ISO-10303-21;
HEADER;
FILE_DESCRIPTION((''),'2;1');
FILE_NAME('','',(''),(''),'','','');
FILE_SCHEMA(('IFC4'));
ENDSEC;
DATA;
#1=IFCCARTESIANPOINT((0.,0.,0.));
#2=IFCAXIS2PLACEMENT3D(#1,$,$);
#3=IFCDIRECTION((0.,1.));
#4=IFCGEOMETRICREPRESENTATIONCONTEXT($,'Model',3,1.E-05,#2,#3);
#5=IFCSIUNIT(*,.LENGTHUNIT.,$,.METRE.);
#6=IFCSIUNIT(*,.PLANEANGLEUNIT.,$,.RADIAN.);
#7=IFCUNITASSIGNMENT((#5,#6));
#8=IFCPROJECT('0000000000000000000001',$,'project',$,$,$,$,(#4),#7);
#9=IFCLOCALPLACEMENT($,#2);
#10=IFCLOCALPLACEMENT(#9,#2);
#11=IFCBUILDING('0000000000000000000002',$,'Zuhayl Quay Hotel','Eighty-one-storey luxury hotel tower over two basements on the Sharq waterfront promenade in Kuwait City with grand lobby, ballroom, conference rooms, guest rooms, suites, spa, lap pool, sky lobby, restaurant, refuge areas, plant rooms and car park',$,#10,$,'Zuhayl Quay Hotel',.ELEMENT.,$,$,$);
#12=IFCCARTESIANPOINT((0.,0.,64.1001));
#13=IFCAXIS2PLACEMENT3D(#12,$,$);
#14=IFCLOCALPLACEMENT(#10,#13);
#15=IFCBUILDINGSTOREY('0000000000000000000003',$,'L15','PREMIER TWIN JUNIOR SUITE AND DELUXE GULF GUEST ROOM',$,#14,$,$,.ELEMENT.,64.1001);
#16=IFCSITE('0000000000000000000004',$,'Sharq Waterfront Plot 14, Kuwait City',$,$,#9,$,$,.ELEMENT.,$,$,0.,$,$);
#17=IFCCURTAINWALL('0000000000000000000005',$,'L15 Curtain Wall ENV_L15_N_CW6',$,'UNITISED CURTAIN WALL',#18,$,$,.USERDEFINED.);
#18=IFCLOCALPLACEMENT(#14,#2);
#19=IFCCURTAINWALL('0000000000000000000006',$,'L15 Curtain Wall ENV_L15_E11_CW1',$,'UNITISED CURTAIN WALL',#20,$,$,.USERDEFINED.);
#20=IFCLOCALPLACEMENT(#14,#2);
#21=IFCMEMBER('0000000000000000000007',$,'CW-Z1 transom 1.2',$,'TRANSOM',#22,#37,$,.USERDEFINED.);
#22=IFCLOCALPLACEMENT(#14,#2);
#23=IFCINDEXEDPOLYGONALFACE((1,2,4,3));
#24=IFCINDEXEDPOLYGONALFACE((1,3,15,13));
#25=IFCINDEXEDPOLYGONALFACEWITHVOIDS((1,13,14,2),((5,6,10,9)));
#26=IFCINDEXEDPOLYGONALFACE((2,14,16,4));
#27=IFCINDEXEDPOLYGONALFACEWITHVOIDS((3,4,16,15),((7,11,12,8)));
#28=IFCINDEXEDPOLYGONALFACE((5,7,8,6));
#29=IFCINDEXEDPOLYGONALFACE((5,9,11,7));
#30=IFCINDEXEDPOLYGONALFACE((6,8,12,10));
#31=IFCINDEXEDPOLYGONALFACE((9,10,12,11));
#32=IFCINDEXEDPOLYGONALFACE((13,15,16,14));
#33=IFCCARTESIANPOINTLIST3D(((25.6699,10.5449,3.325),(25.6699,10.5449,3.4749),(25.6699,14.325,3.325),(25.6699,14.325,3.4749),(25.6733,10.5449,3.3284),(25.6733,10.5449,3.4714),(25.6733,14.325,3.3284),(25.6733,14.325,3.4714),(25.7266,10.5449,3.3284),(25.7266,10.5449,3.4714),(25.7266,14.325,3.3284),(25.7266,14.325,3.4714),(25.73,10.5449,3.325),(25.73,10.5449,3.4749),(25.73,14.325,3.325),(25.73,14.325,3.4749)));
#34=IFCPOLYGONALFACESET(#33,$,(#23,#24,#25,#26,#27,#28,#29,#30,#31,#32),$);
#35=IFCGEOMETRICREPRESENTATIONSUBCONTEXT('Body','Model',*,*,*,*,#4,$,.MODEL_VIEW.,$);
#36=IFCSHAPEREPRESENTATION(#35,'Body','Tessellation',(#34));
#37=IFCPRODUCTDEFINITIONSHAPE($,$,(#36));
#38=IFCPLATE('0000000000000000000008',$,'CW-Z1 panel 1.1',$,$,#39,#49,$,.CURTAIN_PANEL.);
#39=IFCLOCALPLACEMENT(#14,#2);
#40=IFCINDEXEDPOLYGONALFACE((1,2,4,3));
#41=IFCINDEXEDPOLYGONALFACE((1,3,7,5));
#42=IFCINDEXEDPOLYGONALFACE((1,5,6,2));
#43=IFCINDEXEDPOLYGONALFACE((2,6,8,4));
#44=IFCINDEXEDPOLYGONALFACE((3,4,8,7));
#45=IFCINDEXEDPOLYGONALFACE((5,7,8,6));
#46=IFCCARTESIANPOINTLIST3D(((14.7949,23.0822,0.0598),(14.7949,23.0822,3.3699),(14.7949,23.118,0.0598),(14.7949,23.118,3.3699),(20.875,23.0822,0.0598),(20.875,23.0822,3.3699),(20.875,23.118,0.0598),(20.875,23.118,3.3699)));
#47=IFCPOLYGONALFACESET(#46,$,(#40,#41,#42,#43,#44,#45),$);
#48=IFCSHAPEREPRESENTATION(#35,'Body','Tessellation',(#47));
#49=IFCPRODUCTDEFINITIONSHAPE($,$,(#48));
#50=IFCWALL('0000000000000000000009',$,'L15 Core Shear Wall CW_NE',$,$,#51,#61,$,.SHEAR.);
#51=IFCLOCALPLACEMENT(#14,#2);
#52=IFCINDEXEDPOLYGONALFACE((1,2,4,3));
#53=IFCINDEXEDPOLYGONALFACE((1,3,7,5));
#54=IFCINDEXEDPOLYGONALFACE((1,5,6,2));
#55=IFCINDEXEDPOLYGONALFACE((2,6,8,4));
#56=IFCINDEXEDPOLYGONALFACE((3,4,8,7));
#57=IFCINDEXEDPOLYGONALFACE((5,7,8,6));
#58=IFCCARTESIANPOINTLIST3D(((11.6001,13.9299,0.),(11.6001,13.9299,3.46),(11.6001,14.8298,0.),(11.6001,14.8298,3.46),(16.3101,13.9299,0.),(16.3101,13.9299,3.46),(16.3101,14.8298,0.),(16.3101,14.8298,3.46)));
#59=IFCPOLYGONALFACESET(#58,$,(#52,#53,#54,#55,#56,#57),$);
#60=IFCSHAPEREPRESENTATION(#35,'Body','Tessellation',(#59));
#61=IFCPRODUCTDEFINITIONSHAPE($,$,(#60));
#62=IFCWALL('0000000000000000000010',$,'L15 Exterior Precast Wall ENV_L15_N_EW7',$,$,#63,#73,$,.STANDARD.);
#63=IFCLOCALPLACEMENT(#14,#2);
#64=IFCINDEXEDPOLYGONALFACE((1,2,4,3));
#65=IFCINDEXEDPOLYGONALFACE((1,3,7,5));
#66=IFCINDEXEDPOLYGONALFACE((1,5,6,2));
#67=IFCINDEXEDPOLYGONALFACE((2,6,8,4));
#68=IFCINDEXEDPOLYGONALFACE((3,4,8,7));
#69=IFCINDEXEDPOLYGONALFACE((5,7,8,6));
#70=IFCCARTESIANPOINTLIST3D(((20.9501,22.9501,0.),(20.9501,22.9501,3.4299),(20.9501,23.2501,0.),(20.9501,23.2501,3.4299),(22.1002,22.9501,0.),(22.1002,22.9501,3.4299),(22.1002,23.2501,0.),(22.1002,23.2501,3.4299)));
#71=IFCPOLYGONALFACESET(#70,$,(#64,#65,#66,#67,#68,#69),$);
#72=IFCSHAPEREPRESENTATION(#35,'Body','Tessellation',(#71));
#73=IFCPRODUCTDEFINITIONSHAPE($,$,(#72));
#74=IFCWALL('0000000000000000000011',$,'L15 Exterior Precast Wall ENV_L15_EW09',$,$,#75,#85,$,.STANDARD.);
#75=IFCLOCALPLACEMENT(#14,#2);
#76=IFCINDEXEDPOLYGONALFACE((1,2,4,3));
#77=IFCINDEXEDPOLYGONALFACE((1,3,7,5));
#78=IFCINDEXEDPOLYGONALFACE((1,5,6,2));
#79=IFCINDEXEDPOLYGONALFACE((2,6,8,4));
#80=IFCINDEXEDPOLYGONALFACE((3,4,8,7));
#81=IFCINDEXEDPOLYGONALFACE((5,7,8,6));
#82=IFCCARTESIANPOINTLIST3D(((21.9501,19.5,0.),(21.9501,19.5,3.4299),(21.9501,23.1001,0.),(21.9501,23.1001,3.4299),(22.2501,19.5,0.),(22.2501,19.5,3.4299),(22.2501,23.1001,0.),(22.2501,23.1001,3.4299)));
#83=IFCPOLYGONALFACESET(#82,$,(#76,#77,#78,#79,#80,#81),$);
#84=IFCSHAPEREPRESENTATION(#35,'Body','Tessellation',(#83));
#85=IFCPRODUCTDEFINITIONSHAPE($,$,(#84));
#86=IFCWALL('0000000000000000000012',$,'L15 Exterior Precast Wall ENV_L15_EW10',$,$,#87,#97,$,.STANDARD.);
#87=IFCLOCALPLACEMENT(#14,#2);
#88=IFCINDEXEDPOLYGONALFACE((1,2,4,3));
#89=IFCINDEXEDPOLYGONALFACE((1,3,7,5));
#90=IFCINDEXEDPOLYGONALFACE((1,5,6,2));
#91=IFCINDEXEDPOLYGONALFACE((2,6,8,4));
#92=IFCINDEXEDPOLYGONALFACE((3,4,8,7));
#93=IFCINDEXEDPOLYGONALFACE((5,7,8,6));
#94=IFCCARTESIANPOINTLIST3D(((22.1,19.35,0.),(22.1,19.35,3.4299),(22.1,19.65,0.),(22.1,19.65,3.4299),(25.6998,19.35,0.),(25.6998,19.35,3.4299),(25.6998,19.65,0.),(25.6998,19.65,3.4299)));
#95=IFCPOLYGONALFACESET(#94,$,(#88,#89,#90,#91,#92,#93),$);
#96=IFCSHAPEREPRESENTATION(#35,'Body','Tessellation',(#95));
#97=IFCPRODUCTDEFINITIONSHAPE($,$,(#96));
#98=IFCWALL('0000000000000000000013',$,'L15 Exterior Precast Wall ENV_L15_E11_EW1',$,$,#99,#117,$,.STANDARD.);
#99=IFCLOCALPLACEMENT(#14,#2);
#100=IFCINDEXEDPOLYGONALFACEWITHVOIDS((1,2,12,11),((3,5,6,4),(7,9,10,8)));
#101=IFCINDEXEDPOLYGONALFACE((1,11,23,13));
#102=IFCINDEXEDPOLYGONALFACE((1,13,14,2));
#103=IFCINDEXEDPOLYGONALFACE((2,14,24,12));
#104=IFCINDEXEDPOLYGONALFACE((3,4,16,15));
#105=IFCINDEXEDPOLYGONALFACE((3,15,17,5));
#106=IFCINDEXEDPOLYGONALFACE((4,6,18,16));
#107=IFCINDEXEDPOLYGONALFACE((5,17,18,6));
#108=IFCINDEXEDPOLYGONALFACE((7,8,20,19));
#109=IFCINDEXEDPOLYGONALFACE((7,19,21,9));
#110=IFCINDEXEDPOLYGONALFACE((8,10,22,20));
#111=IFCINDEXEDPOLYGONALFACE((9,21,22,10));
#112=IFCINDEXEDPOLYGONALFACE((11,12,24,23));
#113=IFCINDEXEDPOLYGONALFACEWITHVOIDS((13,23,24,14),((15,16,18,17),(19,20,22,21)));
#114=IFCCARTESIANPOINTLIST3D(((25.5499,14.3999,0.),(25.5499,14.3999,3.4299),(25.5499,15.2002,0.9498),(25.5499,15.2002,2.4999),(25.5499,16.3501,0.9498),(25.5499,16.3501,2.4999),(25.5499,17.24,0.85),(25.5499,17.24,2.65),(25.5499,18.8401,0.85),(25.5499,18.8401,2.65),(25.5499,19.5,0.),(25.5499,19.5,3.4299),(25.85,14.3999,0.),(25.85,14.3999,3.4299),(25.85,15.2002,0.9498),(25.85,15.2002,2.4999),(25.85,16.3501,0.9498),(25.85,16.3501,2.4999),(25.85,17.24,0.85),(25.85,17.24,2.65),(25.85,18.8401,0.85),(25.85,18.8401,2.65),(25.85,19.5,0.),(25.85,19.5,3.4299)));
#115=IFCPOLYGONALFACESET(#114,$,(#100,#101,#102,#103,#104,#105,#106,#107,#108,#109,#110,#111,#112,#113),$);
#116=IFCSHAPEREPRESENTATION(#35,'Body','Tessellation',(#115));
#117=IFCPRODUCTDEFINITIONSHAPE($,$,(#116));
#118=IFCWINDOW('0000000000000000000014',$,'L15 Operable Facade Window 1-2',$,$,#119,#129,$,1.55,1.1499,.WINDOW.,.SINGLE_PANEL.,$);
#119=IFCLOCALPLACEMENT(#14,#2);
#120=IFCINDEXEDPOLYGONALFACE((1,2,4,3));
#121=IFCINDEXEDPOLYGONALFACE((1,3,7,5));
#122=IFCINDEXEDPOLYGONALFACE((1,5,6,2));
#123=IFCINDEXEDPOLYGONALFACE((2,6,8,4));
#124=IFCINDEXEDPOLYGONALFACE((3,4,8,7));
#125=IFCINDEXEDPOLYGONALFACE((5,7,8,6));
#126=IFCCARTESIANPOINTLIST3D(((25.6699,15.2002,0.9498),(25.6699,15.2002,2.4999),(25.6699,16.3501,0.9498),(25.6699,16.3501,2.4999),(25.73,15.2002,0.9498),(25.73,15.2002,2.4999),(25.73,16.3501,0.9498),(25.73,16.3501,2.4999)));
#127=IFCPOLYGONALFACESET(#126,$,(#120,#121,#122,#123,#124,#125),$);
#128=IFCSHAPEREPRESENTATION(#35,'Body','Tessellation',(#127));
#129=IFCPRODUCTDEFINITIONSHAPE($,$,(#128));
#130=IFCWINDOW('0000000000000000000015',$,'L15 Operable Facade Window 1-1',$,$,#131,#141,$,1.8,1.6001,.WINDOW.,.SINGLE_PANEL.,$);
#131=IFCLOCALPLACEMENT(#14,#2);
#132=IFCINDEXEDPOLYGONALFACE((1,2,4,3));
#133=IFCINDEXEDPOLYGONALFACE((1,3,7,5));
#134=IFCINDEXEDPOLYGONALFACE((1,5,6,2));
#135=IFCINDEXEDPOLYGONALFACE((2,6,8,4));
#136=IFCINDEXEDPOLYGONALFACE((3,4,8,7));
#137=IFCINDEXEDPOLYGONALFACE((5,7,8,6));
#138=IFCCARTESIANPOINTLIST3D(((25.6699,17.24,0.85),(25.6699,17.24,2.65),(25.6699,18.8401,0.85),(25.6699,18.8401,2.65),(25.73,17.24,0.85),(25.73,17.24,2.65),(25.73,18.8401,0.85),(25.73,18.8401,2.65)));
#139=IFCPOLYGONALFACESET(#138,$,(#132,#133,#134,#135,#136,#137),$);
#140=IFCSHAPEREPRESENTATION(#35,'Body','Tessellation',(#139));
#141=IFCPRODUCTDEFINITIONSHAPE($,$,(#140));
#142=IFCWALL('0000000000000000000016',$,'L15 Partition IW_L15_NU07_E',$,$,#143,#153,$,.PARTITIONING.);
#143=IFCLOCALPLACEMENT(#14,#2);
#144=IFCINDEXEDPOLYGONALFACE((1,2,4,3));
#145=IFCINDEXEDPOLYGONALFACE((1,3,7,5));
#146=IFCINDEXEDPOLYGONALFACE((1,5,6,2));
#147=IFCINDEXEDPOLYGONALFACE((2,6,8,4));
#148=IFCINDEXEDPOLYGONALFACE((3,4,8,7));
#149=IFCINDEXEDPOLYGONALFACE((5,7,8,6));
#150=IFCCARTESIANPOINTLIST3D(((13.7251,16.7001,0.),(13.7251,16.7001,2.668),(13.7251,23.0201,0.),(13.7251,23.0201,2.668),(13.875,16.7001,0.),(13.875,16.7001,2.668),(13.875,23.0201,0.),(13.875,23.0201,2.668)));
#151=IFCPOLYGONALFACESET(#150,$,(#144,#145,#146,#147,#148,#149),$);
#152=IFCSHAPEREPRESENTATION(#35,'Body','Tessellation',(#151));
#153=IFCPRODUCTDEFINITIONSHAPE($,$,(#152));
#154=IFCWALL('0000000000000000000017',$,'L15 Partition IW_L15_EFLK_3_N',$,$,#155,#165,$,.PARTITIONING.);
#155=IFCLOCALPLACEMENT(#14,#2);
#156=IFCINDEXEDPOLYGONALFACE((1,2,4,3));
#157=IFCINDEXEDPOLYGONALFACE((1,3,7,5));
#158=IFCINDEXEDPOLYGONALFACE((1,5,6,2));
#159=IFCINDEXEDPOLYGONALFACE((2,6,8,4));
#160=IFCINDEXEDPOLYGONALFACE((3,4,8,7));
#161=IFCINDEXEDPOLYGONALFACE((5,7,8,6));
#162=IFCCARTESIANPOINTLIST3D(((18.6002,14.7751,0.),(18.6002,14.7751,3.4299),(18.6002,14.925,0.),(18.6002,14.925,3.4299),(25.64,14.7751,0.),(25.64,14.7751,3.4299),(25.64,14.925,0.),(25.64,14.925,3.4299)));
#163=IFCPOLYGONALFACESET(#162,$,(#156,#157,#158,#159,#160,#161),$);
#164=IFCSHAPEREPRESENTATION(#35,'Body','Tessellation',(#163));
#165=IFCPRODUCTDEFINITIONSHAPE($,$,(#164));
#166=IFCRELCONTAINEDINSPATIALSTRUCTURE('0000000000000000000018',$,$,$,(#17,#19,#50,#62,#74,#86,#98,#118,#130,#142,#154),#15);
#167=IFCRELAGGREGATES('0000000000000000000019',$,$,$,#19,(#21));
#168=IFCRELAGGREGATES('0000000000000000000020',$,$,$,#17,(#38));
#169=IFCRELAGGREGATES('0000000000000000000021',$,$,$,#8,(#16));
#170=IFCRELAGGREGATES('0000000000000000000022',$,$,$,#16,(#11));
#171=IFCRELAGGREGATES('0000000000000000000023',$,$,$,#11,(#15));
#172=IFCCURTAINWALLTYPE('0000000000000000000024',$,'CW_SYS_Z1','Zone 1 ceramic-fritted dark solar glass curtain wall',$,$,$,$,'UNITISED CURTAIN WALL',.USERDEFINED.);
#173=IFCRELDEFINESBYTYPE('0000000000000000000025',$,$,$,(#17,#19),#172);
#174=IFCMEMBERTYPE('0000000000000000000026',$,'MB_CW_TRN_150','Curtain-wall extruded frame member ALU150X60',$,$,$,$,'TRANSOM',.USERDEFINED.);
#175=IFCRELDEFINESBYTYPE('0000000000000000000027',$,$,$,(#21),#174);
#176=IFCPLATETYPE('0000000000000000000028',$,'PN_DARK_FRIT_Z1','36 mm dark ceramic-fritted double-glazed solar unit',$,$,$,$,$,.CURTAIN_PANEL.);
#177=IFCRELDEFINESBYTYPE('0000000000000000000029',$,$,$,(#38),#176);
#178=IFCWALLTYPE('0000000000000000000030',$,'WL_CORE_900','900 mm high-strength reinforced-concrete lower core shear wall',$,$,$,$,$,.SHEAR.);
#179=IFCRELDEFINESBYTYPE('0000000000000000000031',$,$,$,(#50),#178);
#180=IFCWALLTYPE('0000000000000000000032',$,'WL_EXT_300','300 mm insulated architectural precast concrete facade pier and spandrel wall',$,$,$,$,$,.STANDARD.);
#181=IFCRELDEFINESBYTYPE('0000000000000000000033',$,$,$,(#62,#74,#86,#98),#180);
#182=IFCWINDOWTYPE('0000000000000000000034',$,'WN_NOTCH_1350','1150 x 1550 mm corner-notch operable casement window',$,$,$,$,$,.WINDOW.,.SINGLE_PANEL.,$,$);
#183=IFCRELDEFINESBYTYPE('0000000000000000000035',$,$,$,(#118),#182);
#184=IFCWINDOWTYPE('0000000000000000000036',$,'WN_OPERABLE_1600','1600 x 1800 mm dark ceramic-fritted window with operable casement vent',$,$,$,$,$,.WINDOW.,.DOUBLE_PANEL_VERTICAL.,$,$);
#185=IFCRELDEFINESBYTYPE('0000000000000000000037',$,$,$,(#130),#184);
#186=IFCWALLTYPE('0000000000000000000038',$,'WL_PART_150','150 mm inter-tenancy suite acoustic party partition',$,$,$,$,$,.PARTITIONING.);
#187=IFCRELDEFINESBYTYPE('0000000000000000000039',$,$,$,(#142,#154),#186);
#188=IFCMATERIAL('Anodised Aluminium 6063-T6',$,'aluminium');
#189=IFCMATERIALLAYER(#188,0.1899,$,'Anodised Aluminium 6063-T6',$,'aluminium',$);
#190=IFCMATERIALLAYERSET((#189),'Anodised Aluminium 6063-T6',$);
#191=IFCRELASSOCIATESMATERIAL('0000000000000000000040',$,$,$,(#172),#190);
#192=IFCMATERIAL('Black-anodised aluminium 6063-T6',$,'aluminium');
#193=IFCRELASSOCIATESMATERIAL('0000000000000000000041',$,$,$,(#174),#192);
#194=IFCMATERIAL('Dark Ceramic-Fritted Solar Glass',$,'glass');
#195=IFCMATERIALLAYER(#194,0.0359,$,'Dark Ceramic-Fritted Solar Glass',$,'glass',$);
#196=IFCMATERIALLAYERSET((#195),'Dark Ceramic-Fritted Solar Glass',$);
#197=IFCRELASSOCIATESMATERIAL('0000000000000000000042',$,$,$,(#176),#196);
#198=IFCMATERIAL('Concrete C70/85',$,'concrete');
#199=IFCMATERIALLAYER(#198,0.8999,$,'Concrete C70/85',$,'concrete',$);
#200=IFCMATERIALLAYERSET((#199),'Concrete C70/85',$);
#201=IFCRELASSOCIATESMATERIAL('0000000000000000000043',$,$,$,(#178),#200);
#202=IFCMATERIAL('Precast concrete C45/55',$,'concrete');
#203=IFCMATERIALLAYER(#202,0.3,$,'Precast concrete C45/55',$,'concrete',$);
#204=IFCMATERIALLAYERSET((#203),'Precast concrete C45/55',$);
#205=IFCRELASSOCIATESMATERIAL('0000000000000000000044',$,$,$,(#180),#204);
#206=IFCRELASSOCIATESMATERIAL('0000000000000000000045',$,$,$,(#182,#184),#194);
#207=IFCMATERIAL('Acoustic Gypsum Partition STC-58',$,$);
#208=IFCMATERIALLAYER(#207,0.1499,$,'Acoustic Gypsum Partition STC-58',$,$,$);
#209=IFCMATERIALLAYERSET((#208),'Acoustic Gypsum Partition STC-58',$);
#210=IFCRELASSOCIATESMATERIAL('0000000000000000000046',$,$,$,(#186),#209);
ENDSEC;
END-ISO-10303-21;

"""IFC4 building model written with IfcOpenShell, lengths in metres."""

from ifc_helpers import new_model, si_unit, direction, frame, frame_2d, origin, origin_2d, place, context, subcontext, project, spatial, rectangle, hollow_rectangle, extrude, material, layer, layer_set, material_profile, profile_set, type_object, element, fill, aggregate, save


model = new_model("IFC4")

# Units and contexts
model_context = context("Model", 3, precision=1e-05, world=origin(), true_north=direction((0.0, 1.0)))
body_context = subcontext(model_context, "Body", "Model", "MODEL_VIEW")
ifc_project = project(units=[si_unit("LENGTHUNIT", "METRE"), si_unit("PLANEANGLEUNIT", "RADIAN")], contexts=[model_context])

# Site, building, storey
site_placement = place(None, origin())
site = spatial("IfcSite", under=ifc_project, at=site_placement, Name="Sharq Waterfront Plot 14, Kuwait City", CompositionType="ELEMENT", RefElevation=0.0)
building_placement = place(site_placement, origin())
building = spatial("IfcBuilding", under=site, at=building_placement, Name="Zuhayl Quay Hotel", Description="Eighty-one-storey luxury hotel tower over two basements on the Sharq waterfront promenade in Kuwait City with grand lobby, ballroom, conference rooms, guest rooms, suites, spa, lap pool, sky lobby, restaurant, refuge areas, plant rooms and car park", LongName="Zuhayl Quay Hotel", CompositionType="ELEMENT")
storey_placement = place(building_placement, frame((0.0, 0.0, 64.1001)))
storey = spatial("IfcBuildingStorey", under=building, at=storey_placement, Name="L15", Description="PREMIER TWIN JUNIOR SUITE AND DELUXE GULF GUEST ROOM", CompositionType="ELEMENT", Elevation=64.1001)

# Shared definitions
ifc_material_1 = material(Name="Concrete C70/85", Category="concrete")

# Curtain wall
ifc_material_2 = material(Name="Anodised Aluminium 6063-T6", Category="aluminium")
ifc_layer_1 = layer(ifc_material_2, 0.1899, Name="Anodised Aluminium 6063-T6", Category="aluminium")
ifc_layer_set_1 = layer_set([ifc_layer_1], Name="Anodised Aluminium 6063-T6")
curtain_wall_type = type_object("IfcCurtainWallType", Name="CW_SYS_Z1", Description="Zone 1 ceramic-fritted dark solar glass curtain wall", ElementType="UNITISED CURTAIN WALL", PredefinedType="USERDEFINED", material=ifc_layer_set_1)
curtain_wall_1_placement = place(storey_placement, origin())
curtain_wall_1 = element("IfcCurtainWall", 1, at=curtain_wall_1_placement, inside=storey, type_object=curtain_wall_type, Name="L15 Curtain Wall ENV_L15_N_CW6", ObjectType="UNITISED CURTAIN WALL", PredefinedType="USERDEFINED")
ifc_material_3 = material(Name="Black-anodised aluminium 6063-T6", Category="aluminium")

# Curtain wall
curtain_wall_2_placement = place(storey_placement, origin())
curtain_wall_2 = element("IfcCurtainWall", 2, at=curtain_wall_2_placement, inside=storey, type_object=curtain_wall_type, Name="L15 Curtain Wall ENV_L15_E11_CW1", ObjectType="UNITISED CURTAIN WALL", PredefinedType="USERDEFINED")

# Member
ifc_material_profile_1 = material_profile(ifc_material_3, hollow_rectangle(XDim=0.0601, YDim=0.1499, WallThickness=0.0034, at=origin_2d()), Name="ALU150X60")
ifc_profile_set_1 = profile_set([ifc_material_profile_1], Name="Black-anodised aluminium 6063-T6")
member_type_1 = type_object("IfcMemberType", Name="MB_CW_TRN_150", Description="Curtain-wall extruded frame member ALU150X60", ElementType="TRANSOM", PredefinedType="USERDEFINED", material=ifc_profile_set_1)
member_1_placement = place(storey_placement, frame((25.7, 14.325, 3.3999), z_axis=(0.0, -1.0, 0.0), x_axis=(1.0, 0.0, 0.0)))
member_1 = element("IfcMember", 3, at=member_1_placement, type_object=member_type_1, Name="CW-Z1 transom 1.2", ObjectType="TRANSOM", PredefinedType="USERDEFINED", context=body_context, shape_type="SweptSolid", body=[
    extrude(hollow_rectangle(XDim=0.0601, YDim=0.1499, WallThickness=0.0034, at=origin_2d()), origin(), (0.0, 0.0, 1.0), 3.78),
])
aggregate(curtain_wall_2, [member_1])

# Plate
ifc_material_4 = material(Name="Dark Ceramic-Fritted Solar Glass", Category="glass")
ifc_layer_2 = layer(ifc_material_4, 0.0359, Name="Dark Ceramic-Fritted Solar Glass", Category="glass")
ifc_layer_set_2 = layer_set([ifc_layer_2], Name="Dark Ceramic-Fritted Solar Glass")
plate_type = type_object("IfcPlateType", Name="PN_DARK_FRIT_Z1", Description="36 mm dark ceramic-fritted double-glazed solar unit", PredefinedType="CURTAIN_PANEL", material=ifc_layer_set_2)
plate_placement = place(storey_placement, frame((17.835, 23.1001, 0.0598), z_axis=(0.0, 0.0, 1.0), x_axis=(1.0, 0.0, 0.0)))
plate = element("IfcPlate", 4, at=plate_placement, type_object=plate_type, Name="CW-Z1 panel 1.1", PredefinedType="CURTAIN_PANEL", context=body_context, shape_type="SweptSolid", body=[
    extrude(rectangle(XDim=6.0801, YDim=0.0359, at=origin_2d()), origin(), (0.0, 0.0, 1.0), 3.3101),
])
aggregate(curtain_wall_1, [plate])

# Walls
ifc_layer_3 = layer(ifc_material_1, 0.8999, Name="Concrete C70/85", Category="concrete")
ifc_layer_set_3 = layer_set([ifc_layer_3], Name="Concrete C70/85")
wall_type_1 = type_object("IfcWallType", Name="WL_CORE_900", Description="900 mm high-strength reinforced-concrete lower core shear wall", PredefinedType="SHEAR", material=ifc_layer_set_3)
wall_1_placement = place(storey_placement, frame((11.6001, 14.3799, 0.0), z_axis=(0.0, 0.0, 1.0), x_axis=(1.0, 0.0, 0.0)))
element("IfcWall", 5, at=wall_1_placement, inside=storey, type_object=wall_type_1, Name="L15 Core Shear Wall CW_NE", PredefinedType="SHEAR", context=body_context, shape_type="SweptSolid", body=[
    extrude(rectangle(XDim=4.71, YDim=0.8999, at=frame_2d((2.355, 0.0))), origin(), (0.0, 0.0, 1.0), 3.46),
])
ifc_material_5 = material(Name="Precast concrete C45/55", Category="concrete")
ifc_layer_4 = layer(ifc_material_5, 0.3, Name="Precast concrete C45/55", Category="concrete")
ifc_layer_set_4 = layer_set([ifc_layer_4], Name="Precast concrete C45/55")
wall_type_2 = type_object("IfcWallType", Name="WL_EXT_300", Description="300 mm insulated architectural precast concrete facade pier and spandrel wall", PredefinedType="STANDARD", material=ifc_layer_set_4)
wall_2_placement = place(storey_placement, frame((20.95, 23.1001, 0.0), z_axis=(0.0, 0.0, 1.0), x_axis=(1.0, 0.0, 0.0)))
element("IfcWall", 6, at=wall_2_placement, inside=storey, type_object=wall_type_2, Name="L15 Exterior Precast Wall ENV_L15_N_EW7", PredefinedType="STANDARD", context=body_context, shape_type="SweptSolid", body=[
    extrude(rectangle(XDim=1.1501, YDim=0.3, at=frame_2d((0.5752, 0.0))), origin(), (0.0, 0.0, 1.0), 3.4299),
])
wall_3_placement = place(storey_placement, frame((22.1001, 23.1001, 0.0), z_axis=(0.0, 0.0, 1.0), x_axis=(0.0, -1.0, 0.0)))
element("IfcWall", 7, at=wall_3_placement, inside=storey, type_object=wall_type_2, Name="L15 Exterior Precast Wall ENV_L15_EW09", PredefinedType="STANDARD", context=body_context, shape_type="SweptSolid", body=[
    extrude(rectangle(XDim=3.6001, YDim=0.3, at=frame_2d((1.8, 0.0))), origin(), (0.0, 0.0, 1.0), 3.4299),
])
wall_4_placement = place(storey_placement, frame((22.1001, 19.5, 0.0), z_axis=(0.0, 0.0, 1.0), x_axis=(1.0, 0.0, 0.0)))
element("IfcWall", 8, at=wall_4_placement, inside=storey, type_object=wall_type_2, Name="L15 Exterior Precast Wall ENV_L15_EW10", PredefinedType="STANDARD", context=body_context, shape_type="SweptSolid", body=[
    extrude(rectangle(XDim=3.5999, YDim=0.3, at=frame_2d((1.7998, 0.0))), origin(), (0.0, 0.0, 1.0), 3.4299),
])

# Wall, openings, windows
wall_5_placement = place(storey_placement, frame((25.7, 19.5, 0.0), z_axis=(0.0, 0.0, 1.0), x_axis=(0.0, -1.0, 0.0)))
wall_5 = element("IfcWall", 9, at=wall_5_placement, inside=storey, type_object=wall_type_2, Name="L15 Exterior Precast Wall ENV_L15_E11_EW1", PredefinedType="STANDARD", context=body_context, shape_type="SweptSolid", body=[
    extrude(rectangle(XDim=5.1001, YDim=0.3, at=frame_2d((2.55, 0.0))), origin(), (0.0, 0.0, 1.0), 3.4299),
])
opening_1_placement = place(wall_5_placement, frame((0.6599, 0.0, 0.8501)))
opening_1 = element("IfcOpeningElement", 10, at=opening_1_placement, cuts=wall_5, PredefinedType="OPENING", context=body_context, shape_type="SweptSolid", body=[
    extrude(rectangle(XDim=1.6001, YDim=1.8, at=frame_2d((0.8, 0.8999))), frame((0.0, 0.1599, 0.0), z_axis=(0.0, -1.0, 0.0), x_axis=(1.0, 0.0, 0.0)), (0.0, 0.0, 1.0), 0.3201),
])
opening_2_placement = place(wall_5_placement, frame((3.1499, 0.0, 0.95)))
opening_2 = element("IfcOpeningElement", 11, at=opening_2_placement, cuts=wall_5, PredefinedType="OPENING", context=body_context, shape_type="SweptSolid", body=[
    extrude(rectangle(XDim=1.1499, YDim=1.55, at=frame_2d((0.575, 0.7749))), frame((0.0, 0.1599, 0.0), z_axis=(0.0, -1.0, 0.0), x_axis=(1.0, 0.0, 0.0)), (0.0, 0.0, 1.0), 0.3201),
])
window_type_1 = type_object("IfcWindowType", Name="WN_NOTCH_1350", Description="1150 x 1550 mm corner-notch operable casement window", PartitioningType="SINGLE_PANEL", PredefinedType="WINDOW", material=ifc_material_4)
window_1_placement = place(opening_2_placement, origin())
window_1 = element("IfcWindow", 12, at=window_1_placement, inside=storey, type_object=window_type_1, Name="L15 Operable Facade Window 1-2", OverallHeight=1.55, OverallWidth=1.1499, PartitioningType="SINGLE_PANEL", PredefinedType="WINDOW", context=body_context, shape_type="SweptSolid", body=[
    extrude(rectangle(XDim=1.1499, YDim=1.55, at=frame_2d((0.575, 0.7749))), frame((0.0, 0.03, 0.0), z_axis=(0.0, -1.0, 0.0), x_axis=(1.0, 0.0, 0.0)), (0.0, 0.0, 1.0), 0.0601),
])
fill(opening_2, window_1)
window_type_2 = type_object("IfcWindowType", Name="WN_OPERABLE_1600", Description="1600 x 1800 mm dark ceramic-fritted window with operable casement vent", PartitioningType="DOUBLE_PANEL_VERTICAL", PredefinedType="WINDOW", material=ifc_material_4)
window_2_placement = place(opening_1_placement, origin())
window_2 = element("IfcWindow", 13, at=window_2_placement, inside=storey, type_object=window_type_2, Name="L15 Operable Facade Window 1-1", OverallHeight=1.8, OverallWidth=1.6001, PartitioningType="SINGLE_PANEL", PredefinedType="WINDOW", context=body_context, shape_type="SweptSolid", body=[
    extrude(rectangle(XDim=1.6001, YDim=1.8, at=frame_2d((0.8, 0.8999))), frame((0.0, 0.03, 0.0), z_axis=(0.0, -1.0, 0.0), x_axis=(1.0, 0.0, 0.0)), (0.0, 0.0, 1.0), 0.0601),
])
fill(opening_1, window_2)

# Walls
ifc_material_6 = material(Name="Acoustic Gypsum Partition STC-58")
ifc_layer_5 = layer(ifc_material_6, 0.1499, Name="Acoustic Gypsum Partition STC-58")
ifc_layer_set_5 = layer_set([ifc_layer_5], Name="Acoustic Gypsum Partition STC-58")
wall_type_3 = type_object("IfcWallType", Name="WL_PART_150", Description="150 mm inter-tenancy suite acoustic party partition", PredefinedType="PARTITIONING", material=ifc_layer_set_5)
wall_6_placement = place(storey_placement, frame((13.8, 16.7, 0.0), z_axis=(0.0, 0.0, 1.0), x_axis=(0.0, 1.0, 0.0)))
element("IfcWall", 14, at=wall_6_placement, inside=storey, type_object=wall_type_3, Name="L15 Partition IW_L15_NU07_E", PredefinedType="PARTITIONING", context=body_context, shape_type="SweptSolid", body=[
    extrude(rectangle(XDim=6.3201, YDim=0.1499, at=frame_2d((3.1602, 0.0))), origin(), (0.0, 0.0, 1.0), 2.668),
])
wall_7_placement = place(storey_placement, frame((18.6001, 14.8501, 0.0), z_axis=(0.0, 0.0, 1.0), x_axis=(1.0, 0.0, 0.0)))
element("IfcWall", 15, at=wall_7_placement, inside=storey, type_object=wall_type_3, Name="L15 Partition IW_L15_EFLK_3_N", PredefinedType="PARTITIONING", context=body_context, shape_type="SweptSolid", body=[
    extrude(rectangle(XDim=7.0398, YDim=0.1499, at=frame_2d((3.52, 0.0))), origin(), (0.0, 0.0, 1.0), 3.4299),
])

save(model, "model.ifc")
